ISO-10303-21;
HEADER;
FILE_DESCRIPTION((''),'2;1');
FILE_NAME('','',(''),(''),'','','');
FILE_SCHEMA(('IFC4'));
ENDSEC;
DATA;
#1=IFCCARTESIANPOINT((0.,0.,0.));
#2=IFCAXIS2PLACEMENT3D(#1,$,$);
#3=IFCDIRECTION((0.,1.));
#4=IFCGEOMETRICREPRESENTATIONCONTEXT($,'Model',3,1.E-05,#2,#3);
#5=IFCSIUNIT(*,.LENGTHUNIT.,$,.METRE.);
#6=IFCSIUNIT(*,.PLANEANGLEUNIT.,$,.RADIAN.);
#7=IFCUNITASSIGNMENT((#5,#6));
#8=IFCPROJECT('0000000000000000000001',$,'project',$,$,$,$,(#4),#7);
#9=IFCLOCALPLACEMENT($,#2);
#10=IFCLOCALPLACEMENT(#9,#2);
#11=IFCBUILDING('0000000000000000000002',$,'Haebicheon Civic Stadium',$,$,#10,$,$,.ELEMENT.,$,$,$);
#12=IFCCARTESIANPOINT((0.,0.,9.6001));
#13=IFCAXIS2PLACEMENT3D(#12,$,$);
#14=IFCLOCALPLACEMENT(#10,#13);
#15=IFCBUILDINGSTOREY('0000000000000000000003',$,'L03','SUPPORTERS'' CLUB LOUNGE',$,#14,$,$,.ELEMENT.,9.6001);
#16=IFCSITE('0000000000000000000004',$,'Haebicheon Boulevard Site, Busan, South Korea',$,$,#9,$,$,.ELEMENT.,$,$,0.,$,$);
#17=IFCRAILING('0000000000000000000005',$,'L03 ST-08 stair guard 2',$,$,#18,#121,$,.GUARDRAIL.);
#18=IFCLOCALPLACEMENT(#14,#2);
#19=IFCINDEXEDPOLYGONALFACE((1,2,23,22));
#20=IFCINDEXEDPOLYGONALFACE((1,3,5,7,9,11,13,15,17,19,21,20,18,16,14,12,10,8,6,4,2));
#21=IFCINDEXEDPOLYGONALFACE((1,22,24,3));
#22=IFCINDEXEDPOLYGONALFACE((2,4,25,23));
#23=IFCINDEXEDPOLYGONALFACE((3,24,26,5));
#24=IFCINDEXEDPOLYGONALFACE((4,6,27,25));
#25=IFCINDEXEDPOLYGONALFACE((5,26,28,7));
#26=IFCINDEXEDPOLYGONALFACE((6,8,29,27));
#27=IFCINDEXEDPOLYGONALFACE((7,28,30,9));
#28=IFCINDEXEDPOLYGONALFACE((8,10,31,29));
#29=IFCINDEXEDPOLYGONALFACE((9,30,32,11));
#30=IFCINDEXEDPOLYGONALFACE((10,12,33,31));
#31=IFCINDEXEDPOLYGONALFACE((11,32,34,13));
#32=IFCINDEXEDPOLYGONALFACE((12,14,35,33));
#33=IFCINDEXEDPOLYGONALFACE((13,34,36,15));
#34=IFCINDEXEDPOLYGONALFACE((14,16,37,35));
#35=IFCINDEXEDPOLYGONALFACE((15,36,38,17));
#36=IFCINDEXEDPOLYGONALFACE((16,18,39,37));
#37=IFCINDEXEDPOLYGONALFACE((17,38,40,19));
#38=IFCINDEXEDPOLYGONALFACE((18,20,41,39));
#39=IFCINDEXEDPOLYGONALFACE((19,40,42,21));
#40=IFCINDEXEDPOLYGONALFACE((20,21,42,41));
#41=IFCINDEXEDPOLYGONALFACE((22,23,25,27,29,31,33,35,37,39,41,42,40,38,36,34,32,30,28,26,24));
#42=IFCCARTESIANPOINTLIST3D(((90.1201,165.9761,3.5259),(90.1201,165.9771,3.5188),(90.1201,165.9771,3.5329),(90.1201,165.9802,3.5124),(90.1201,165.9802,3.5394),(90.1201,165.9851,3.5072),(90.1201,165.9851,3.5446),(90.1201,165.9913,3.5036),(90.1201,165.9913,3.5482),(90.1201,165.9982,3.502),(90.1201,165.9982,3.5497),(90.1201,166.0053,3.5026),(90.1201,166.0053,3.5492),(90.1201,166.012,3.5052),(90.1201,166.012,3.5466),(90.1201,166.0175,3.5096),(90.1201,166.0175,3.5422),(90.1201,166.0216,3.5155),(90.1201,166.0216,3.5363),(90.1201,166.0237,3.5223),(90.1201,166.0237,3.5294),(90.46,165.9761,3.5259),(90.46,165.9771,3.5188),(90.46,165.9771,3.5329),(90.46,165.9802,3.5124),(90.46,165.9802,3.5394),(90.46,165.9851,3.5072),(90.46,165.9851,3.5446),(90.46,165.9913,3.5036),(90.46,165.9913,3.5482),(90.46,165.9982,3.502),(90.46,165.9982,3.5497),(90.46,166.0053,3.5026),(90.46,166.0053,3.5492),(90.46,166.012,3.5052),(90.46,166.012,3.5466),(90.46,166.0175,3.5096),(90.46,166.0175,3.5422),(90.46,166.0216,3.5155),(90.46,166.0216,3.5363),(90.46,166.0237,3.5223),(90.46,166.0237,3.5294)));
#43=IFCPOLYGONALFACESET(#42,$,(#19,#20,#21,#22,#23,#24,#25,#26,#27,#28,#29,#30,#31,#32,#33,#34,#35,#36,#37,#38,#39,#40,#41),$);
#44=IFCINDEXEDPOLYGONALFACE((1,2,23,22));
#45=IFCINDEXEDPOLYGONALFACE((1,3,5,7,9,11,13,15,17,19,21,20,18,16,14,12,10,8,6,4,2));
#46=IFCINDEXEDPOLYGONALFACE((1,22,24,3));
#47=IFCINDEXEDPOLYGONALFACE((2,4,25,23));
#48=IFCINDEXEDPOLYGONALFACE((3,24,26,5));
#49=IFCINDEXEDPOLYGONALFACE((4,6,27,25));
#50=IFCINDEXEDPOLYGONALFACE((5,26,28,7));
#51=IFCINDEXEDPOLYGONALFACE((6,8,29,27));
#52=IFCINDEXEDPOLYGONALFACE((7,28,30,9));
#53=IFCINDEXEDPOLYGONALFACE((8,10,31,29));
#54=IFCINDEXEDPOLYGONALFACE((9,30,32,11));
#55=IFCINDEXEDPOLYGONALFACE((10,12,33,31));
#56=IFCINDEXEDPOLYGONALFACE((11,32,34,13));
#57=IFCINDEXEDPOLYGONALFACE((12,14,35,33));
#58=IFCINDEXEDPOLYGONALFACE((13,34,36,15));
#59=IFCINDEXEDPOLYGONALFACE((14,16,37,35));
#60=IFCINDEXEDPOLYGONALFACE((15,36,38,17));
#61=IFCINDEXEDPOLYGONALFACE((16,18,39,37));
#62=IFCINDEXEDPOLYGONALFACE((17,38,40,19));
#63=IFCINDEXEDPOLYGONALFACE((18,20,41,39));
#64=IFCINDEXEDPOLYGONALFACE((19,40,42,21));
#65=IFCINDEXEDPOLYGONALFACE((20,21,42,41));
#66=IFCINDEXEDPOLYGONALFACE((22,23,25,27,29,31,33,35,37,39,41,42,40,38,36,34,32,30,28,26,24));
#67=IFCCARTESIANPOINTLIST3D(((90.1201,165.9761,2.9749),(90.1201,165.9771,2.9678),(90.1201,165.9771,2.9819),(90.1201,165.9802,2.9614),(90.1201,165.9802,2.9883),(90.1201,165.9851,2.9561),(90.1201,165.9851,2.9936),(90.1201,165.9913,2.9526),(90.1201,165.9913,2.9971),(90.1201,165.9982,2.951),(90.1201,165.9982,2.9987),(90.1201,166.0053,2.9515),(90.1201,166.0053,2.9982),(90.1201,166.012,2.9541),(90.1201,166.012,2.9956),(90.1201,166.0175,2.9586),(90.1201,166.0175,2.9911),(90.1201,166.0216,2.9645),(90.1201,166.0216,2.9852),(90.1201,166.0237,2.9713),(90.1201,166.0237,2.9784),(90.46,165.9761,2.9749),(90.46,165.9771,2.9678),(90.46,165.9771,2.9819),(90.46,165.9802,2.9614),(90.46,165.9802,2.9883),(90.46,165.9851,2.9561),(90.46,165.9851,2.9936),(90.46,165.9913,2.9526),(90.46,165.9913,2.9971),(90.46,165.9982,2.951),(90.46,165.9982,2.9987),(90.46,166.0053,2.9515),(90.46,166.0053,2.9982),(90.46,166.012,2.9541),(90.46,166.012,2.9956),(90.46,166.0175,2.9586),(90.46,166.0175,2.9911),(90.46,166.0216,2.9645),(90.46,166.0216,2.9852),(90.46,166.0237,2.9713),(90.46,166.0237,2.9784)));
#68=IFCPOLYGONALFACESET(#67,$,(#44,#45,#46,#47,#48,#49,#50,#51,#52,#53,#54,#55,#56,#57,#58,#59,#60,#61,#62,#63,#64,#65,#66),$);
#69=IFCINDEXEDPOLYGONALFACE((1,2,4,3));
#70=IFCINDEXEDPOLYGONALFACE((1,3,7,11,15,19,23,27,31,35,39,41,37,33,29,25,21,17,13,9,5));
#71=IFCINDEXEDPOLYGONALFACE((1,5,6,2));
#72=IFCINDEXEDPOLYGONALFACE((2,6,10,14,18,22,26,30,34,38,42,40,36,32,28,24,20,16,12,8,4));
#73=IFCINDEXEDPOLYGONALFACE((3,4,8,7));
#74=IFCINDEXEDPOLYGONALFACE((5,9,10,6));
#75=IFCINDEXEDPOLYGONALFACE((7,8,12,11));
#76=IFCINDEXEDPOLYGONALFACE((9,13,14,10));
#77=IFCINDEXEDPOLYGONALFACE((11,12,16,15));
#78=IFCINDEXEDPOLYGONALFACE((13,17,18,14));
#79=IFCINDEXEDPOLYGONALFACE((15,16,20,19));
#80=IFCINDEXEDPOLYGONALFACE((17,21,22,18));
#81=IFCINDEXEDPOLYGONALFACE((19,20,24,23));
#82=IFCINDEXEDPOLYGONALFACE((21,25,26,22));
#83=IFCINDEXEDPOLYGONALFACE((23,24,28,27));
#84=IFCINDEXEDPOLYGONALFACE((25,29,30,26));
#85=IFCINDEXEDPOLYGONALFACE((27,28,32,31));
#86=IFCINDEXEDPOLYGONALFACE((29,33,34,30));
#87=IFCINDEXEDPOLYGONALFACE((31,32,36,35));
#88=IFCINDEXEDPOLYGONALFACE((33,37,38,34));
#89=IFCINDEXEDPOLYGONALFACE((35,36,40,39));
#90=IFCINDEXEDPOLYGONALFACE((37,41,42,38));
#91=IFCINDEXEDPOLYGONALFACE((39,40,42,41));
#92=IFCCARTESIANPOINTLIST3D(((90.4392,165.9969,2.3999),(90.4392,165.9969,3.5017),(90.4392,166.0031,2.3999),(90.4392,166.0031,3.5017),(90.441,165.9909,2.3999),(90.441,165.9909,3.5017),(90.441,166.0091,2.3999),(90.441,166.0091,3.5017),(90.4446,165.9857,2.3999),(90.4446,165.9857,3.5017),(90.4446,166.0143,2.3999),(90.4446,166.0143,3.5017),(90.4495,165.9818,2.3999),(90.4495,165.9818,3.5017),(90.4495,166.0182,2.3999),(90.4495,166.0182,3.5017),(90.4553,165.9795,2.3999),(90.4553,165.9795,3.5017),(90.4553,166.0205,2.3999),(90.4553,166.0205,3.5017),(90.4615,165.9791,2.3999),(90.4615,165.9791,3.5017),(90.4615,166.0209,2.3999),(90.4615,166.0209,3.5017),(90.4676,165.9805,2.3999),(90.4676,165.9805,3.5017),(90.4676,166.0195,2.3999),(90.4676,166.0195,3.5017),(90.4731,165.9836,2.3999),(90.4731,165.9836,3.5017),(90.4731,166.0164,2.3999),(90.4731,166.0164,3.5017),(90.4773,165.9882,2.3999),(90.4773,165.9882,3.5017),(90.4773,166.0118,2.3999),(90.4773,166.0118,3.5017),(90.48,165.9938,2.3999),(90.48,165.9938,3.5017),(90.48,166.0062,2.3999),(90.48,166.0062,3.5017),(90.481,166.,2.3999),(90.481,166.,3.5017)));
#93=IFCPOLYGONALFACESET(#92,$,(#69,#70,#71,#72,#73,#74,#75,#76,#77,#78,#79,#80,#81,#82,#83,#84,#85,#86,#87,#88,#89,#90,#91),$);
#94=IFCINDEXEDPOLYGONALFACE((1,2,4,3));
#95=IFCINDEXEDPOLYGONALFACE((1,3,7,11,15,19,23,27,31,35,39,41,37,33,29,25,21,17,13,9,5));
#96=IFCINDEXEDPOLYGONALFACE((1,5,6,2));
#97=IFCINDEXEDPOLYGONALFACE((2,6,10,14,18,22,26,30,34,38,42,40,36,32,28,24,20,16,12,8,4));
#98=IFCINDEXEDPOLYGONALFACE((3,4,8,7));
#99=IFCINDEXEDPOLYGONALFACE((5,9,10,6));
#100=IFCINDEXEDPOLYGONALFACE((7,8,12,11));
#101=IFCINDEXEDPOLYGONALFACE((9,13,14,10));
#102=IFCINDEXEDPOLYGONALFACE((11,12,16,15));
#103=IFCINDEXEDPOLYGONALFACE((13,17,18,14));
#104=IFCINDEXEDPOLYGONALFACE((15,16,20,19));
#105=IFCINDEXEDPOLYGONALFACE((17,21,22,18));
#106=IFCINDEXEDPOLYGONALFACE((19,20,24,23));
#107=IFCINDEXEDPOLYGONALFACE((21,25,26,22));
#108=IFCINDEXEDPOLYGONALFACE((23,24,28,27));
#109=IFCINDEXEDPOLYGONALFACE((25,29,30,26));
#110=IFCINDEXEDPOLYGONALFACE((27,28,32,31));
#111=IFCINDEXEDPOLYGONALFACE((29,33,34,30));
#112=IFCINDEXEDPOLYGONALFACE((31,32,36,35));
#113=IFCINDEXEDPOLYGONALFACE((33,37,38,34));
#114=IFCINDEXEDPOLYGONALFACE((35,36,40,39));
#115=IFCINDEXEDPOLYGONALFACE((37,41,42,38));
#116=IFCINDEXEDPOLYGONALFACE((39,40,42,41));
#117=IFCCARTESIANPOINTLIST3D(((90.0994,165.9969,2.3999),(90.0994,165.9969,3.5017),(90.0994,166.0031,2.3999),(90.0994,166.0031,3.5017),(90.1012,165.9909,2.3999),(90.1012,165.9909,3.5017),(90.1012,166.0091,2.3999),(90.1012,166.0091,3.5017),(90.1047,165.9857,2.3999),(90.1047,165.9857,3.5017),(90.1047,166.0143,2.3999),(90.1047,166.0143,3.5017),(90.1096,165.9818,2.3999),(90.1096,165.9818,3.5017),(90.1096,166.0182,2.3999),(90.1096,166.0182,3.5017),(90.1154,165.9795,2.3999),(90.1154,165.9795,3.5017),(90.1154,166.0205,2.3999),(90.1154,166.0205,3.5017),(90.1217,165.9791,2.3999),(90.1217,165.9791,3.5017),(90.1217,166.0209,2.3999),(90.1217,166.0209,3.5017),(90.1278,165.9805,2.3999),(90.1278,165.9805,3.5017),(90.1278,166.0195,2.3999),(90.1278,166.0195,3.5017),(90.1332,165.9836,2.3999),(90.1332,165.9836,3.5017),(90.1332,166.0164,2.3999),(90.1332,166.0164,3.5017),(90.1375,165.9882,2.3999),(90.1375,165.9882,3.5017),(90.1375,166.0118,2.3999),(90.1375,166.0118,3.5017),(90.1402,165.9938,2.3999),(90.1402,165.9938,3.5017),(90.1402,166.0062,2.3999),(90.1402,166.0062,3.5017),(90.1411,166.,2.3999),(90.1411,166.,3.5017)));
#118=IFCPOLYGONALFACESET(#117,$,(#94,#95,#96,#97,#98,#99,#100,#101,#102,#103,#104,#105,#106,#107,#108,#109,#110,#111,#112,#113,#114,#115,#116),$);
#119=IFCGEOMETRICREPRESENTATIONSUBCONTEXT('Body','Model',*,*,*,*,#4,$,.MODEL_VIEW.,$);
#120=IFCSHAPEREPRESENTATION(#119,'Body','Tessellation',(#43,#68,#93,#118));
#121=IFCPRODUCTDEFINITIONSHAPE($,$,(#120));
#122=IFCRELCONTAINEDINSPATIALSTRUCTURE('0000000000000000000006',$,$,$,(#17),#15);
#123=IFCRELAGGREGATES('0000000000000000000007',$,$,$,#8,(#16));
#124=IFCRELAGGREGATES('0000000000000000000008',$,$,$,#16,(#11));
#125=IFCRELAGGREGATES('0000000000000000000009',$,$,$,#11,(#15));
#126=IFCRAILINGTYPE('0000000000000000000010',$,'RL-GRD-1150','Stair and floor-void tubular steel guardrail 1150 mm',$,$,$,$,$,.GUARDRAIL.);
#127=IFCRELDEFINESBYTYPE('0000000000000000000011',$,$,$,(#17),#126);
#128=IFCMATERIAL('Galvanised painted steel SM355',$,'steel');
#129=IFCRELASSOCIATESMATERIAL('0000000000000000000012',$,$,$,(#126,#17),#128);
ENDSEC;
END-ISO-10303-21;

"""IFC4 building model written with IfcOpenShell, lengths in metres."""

from ifc_helpers import new_model, si_unit, direction, frame, origin, origin_2d, place, context, subcontext, project, spatial, circle, extrude, material, type_object, element, save


model = new_model("IFC4")

# Units and contexts
model_context = context("Model", 3, precision=1e-05, world=origin(), true_north=direction((0.0, 1.0)))
body_context = subcontext(model_context, "Body", "Model", "MODEL_VIEW")
ifc_project = project(units=[si_unit("LENGTHUNIT", "METRE"), si_unit("PLANEANGLEUNIT", "RADIAN")], contexts=[model_context])

# Site, building, storey
site_placement = place(None, origin())
site = spatial("IfcSite", under=ifc_project, at=site_placement, Name="Haebicheon Boulevard Site, Busan, South Korea", CompositionType="ELEMENT", RefElevation=0.0)
building_placement = place(site_placement, origin())
building = spatial("IfcBuilding", under=site, at=building_placement, Name="Haebicheon Civic Stadium", CompositionType="ELEMENT")
storey_placement = place(building_placement, frame((0.0, 0.0, 9.6001)))
storey = spatial("IfcBuildingStorey", under=building, at=storey_placement, Name="L03", Description="SUPPORTERS' CLUB LOUNGE", CompositionType="ELEMENT", Elevation=9.6001)

# Railing
ifc_material_1 = material(Name="Galvanised painted steel SM355", Category="steel")
railing_type_1 = type_object("IfcRailingType", Name="RL-GRD-1150", Description="Stair and floor-void tubular steel guardrail 1150 mm", PredefinedType="GUARDRAIL", material=ifc_material_1)
railing_1_placement = place(storey_placement, frame((90.46, 166.0, 2.3999)))
element("IfcRailing", 1, at=railing_1_placement, inside=storey, type_object=railing_type_1, material=ifc_material_1, Name="L03 ST-08 stair guard 2", PredefinedType="GUARDRAIL", context=body_context, shape_type="SweptSolid", body=[
    extrude(circle(Radius=0.0239, at=origin_2d()), frame((0.0, 0.0, 1.126), z_axis=(-1.0, 0.0, 0.0), x_axis=(0.0, -1.0, 0.0)), (0.0, 0.0, 1.0), 0.3398),
    extrude(circle(Radius=0.0239, at=origin_2d()), frame((0.0, 0.0, 0.575), z_axis=(-1.0, 0.0, 0.0), x_axis=(0.0, -1.0, 0.0)), (0.0, 0.0, 1.0), 0.3398),
    extrude(circle(Radius=0.021, at=origin_2d()), origin(), (0.0, 0.0, 1.0), 1.1018),
    extrude(circle(Radius=0.021, at=origin_2d()), frame((-0.3398, 0.0, 0.0)), (0.0, 0.0, 1.0), 1.1018),
])

save(model, "model.ifc")
